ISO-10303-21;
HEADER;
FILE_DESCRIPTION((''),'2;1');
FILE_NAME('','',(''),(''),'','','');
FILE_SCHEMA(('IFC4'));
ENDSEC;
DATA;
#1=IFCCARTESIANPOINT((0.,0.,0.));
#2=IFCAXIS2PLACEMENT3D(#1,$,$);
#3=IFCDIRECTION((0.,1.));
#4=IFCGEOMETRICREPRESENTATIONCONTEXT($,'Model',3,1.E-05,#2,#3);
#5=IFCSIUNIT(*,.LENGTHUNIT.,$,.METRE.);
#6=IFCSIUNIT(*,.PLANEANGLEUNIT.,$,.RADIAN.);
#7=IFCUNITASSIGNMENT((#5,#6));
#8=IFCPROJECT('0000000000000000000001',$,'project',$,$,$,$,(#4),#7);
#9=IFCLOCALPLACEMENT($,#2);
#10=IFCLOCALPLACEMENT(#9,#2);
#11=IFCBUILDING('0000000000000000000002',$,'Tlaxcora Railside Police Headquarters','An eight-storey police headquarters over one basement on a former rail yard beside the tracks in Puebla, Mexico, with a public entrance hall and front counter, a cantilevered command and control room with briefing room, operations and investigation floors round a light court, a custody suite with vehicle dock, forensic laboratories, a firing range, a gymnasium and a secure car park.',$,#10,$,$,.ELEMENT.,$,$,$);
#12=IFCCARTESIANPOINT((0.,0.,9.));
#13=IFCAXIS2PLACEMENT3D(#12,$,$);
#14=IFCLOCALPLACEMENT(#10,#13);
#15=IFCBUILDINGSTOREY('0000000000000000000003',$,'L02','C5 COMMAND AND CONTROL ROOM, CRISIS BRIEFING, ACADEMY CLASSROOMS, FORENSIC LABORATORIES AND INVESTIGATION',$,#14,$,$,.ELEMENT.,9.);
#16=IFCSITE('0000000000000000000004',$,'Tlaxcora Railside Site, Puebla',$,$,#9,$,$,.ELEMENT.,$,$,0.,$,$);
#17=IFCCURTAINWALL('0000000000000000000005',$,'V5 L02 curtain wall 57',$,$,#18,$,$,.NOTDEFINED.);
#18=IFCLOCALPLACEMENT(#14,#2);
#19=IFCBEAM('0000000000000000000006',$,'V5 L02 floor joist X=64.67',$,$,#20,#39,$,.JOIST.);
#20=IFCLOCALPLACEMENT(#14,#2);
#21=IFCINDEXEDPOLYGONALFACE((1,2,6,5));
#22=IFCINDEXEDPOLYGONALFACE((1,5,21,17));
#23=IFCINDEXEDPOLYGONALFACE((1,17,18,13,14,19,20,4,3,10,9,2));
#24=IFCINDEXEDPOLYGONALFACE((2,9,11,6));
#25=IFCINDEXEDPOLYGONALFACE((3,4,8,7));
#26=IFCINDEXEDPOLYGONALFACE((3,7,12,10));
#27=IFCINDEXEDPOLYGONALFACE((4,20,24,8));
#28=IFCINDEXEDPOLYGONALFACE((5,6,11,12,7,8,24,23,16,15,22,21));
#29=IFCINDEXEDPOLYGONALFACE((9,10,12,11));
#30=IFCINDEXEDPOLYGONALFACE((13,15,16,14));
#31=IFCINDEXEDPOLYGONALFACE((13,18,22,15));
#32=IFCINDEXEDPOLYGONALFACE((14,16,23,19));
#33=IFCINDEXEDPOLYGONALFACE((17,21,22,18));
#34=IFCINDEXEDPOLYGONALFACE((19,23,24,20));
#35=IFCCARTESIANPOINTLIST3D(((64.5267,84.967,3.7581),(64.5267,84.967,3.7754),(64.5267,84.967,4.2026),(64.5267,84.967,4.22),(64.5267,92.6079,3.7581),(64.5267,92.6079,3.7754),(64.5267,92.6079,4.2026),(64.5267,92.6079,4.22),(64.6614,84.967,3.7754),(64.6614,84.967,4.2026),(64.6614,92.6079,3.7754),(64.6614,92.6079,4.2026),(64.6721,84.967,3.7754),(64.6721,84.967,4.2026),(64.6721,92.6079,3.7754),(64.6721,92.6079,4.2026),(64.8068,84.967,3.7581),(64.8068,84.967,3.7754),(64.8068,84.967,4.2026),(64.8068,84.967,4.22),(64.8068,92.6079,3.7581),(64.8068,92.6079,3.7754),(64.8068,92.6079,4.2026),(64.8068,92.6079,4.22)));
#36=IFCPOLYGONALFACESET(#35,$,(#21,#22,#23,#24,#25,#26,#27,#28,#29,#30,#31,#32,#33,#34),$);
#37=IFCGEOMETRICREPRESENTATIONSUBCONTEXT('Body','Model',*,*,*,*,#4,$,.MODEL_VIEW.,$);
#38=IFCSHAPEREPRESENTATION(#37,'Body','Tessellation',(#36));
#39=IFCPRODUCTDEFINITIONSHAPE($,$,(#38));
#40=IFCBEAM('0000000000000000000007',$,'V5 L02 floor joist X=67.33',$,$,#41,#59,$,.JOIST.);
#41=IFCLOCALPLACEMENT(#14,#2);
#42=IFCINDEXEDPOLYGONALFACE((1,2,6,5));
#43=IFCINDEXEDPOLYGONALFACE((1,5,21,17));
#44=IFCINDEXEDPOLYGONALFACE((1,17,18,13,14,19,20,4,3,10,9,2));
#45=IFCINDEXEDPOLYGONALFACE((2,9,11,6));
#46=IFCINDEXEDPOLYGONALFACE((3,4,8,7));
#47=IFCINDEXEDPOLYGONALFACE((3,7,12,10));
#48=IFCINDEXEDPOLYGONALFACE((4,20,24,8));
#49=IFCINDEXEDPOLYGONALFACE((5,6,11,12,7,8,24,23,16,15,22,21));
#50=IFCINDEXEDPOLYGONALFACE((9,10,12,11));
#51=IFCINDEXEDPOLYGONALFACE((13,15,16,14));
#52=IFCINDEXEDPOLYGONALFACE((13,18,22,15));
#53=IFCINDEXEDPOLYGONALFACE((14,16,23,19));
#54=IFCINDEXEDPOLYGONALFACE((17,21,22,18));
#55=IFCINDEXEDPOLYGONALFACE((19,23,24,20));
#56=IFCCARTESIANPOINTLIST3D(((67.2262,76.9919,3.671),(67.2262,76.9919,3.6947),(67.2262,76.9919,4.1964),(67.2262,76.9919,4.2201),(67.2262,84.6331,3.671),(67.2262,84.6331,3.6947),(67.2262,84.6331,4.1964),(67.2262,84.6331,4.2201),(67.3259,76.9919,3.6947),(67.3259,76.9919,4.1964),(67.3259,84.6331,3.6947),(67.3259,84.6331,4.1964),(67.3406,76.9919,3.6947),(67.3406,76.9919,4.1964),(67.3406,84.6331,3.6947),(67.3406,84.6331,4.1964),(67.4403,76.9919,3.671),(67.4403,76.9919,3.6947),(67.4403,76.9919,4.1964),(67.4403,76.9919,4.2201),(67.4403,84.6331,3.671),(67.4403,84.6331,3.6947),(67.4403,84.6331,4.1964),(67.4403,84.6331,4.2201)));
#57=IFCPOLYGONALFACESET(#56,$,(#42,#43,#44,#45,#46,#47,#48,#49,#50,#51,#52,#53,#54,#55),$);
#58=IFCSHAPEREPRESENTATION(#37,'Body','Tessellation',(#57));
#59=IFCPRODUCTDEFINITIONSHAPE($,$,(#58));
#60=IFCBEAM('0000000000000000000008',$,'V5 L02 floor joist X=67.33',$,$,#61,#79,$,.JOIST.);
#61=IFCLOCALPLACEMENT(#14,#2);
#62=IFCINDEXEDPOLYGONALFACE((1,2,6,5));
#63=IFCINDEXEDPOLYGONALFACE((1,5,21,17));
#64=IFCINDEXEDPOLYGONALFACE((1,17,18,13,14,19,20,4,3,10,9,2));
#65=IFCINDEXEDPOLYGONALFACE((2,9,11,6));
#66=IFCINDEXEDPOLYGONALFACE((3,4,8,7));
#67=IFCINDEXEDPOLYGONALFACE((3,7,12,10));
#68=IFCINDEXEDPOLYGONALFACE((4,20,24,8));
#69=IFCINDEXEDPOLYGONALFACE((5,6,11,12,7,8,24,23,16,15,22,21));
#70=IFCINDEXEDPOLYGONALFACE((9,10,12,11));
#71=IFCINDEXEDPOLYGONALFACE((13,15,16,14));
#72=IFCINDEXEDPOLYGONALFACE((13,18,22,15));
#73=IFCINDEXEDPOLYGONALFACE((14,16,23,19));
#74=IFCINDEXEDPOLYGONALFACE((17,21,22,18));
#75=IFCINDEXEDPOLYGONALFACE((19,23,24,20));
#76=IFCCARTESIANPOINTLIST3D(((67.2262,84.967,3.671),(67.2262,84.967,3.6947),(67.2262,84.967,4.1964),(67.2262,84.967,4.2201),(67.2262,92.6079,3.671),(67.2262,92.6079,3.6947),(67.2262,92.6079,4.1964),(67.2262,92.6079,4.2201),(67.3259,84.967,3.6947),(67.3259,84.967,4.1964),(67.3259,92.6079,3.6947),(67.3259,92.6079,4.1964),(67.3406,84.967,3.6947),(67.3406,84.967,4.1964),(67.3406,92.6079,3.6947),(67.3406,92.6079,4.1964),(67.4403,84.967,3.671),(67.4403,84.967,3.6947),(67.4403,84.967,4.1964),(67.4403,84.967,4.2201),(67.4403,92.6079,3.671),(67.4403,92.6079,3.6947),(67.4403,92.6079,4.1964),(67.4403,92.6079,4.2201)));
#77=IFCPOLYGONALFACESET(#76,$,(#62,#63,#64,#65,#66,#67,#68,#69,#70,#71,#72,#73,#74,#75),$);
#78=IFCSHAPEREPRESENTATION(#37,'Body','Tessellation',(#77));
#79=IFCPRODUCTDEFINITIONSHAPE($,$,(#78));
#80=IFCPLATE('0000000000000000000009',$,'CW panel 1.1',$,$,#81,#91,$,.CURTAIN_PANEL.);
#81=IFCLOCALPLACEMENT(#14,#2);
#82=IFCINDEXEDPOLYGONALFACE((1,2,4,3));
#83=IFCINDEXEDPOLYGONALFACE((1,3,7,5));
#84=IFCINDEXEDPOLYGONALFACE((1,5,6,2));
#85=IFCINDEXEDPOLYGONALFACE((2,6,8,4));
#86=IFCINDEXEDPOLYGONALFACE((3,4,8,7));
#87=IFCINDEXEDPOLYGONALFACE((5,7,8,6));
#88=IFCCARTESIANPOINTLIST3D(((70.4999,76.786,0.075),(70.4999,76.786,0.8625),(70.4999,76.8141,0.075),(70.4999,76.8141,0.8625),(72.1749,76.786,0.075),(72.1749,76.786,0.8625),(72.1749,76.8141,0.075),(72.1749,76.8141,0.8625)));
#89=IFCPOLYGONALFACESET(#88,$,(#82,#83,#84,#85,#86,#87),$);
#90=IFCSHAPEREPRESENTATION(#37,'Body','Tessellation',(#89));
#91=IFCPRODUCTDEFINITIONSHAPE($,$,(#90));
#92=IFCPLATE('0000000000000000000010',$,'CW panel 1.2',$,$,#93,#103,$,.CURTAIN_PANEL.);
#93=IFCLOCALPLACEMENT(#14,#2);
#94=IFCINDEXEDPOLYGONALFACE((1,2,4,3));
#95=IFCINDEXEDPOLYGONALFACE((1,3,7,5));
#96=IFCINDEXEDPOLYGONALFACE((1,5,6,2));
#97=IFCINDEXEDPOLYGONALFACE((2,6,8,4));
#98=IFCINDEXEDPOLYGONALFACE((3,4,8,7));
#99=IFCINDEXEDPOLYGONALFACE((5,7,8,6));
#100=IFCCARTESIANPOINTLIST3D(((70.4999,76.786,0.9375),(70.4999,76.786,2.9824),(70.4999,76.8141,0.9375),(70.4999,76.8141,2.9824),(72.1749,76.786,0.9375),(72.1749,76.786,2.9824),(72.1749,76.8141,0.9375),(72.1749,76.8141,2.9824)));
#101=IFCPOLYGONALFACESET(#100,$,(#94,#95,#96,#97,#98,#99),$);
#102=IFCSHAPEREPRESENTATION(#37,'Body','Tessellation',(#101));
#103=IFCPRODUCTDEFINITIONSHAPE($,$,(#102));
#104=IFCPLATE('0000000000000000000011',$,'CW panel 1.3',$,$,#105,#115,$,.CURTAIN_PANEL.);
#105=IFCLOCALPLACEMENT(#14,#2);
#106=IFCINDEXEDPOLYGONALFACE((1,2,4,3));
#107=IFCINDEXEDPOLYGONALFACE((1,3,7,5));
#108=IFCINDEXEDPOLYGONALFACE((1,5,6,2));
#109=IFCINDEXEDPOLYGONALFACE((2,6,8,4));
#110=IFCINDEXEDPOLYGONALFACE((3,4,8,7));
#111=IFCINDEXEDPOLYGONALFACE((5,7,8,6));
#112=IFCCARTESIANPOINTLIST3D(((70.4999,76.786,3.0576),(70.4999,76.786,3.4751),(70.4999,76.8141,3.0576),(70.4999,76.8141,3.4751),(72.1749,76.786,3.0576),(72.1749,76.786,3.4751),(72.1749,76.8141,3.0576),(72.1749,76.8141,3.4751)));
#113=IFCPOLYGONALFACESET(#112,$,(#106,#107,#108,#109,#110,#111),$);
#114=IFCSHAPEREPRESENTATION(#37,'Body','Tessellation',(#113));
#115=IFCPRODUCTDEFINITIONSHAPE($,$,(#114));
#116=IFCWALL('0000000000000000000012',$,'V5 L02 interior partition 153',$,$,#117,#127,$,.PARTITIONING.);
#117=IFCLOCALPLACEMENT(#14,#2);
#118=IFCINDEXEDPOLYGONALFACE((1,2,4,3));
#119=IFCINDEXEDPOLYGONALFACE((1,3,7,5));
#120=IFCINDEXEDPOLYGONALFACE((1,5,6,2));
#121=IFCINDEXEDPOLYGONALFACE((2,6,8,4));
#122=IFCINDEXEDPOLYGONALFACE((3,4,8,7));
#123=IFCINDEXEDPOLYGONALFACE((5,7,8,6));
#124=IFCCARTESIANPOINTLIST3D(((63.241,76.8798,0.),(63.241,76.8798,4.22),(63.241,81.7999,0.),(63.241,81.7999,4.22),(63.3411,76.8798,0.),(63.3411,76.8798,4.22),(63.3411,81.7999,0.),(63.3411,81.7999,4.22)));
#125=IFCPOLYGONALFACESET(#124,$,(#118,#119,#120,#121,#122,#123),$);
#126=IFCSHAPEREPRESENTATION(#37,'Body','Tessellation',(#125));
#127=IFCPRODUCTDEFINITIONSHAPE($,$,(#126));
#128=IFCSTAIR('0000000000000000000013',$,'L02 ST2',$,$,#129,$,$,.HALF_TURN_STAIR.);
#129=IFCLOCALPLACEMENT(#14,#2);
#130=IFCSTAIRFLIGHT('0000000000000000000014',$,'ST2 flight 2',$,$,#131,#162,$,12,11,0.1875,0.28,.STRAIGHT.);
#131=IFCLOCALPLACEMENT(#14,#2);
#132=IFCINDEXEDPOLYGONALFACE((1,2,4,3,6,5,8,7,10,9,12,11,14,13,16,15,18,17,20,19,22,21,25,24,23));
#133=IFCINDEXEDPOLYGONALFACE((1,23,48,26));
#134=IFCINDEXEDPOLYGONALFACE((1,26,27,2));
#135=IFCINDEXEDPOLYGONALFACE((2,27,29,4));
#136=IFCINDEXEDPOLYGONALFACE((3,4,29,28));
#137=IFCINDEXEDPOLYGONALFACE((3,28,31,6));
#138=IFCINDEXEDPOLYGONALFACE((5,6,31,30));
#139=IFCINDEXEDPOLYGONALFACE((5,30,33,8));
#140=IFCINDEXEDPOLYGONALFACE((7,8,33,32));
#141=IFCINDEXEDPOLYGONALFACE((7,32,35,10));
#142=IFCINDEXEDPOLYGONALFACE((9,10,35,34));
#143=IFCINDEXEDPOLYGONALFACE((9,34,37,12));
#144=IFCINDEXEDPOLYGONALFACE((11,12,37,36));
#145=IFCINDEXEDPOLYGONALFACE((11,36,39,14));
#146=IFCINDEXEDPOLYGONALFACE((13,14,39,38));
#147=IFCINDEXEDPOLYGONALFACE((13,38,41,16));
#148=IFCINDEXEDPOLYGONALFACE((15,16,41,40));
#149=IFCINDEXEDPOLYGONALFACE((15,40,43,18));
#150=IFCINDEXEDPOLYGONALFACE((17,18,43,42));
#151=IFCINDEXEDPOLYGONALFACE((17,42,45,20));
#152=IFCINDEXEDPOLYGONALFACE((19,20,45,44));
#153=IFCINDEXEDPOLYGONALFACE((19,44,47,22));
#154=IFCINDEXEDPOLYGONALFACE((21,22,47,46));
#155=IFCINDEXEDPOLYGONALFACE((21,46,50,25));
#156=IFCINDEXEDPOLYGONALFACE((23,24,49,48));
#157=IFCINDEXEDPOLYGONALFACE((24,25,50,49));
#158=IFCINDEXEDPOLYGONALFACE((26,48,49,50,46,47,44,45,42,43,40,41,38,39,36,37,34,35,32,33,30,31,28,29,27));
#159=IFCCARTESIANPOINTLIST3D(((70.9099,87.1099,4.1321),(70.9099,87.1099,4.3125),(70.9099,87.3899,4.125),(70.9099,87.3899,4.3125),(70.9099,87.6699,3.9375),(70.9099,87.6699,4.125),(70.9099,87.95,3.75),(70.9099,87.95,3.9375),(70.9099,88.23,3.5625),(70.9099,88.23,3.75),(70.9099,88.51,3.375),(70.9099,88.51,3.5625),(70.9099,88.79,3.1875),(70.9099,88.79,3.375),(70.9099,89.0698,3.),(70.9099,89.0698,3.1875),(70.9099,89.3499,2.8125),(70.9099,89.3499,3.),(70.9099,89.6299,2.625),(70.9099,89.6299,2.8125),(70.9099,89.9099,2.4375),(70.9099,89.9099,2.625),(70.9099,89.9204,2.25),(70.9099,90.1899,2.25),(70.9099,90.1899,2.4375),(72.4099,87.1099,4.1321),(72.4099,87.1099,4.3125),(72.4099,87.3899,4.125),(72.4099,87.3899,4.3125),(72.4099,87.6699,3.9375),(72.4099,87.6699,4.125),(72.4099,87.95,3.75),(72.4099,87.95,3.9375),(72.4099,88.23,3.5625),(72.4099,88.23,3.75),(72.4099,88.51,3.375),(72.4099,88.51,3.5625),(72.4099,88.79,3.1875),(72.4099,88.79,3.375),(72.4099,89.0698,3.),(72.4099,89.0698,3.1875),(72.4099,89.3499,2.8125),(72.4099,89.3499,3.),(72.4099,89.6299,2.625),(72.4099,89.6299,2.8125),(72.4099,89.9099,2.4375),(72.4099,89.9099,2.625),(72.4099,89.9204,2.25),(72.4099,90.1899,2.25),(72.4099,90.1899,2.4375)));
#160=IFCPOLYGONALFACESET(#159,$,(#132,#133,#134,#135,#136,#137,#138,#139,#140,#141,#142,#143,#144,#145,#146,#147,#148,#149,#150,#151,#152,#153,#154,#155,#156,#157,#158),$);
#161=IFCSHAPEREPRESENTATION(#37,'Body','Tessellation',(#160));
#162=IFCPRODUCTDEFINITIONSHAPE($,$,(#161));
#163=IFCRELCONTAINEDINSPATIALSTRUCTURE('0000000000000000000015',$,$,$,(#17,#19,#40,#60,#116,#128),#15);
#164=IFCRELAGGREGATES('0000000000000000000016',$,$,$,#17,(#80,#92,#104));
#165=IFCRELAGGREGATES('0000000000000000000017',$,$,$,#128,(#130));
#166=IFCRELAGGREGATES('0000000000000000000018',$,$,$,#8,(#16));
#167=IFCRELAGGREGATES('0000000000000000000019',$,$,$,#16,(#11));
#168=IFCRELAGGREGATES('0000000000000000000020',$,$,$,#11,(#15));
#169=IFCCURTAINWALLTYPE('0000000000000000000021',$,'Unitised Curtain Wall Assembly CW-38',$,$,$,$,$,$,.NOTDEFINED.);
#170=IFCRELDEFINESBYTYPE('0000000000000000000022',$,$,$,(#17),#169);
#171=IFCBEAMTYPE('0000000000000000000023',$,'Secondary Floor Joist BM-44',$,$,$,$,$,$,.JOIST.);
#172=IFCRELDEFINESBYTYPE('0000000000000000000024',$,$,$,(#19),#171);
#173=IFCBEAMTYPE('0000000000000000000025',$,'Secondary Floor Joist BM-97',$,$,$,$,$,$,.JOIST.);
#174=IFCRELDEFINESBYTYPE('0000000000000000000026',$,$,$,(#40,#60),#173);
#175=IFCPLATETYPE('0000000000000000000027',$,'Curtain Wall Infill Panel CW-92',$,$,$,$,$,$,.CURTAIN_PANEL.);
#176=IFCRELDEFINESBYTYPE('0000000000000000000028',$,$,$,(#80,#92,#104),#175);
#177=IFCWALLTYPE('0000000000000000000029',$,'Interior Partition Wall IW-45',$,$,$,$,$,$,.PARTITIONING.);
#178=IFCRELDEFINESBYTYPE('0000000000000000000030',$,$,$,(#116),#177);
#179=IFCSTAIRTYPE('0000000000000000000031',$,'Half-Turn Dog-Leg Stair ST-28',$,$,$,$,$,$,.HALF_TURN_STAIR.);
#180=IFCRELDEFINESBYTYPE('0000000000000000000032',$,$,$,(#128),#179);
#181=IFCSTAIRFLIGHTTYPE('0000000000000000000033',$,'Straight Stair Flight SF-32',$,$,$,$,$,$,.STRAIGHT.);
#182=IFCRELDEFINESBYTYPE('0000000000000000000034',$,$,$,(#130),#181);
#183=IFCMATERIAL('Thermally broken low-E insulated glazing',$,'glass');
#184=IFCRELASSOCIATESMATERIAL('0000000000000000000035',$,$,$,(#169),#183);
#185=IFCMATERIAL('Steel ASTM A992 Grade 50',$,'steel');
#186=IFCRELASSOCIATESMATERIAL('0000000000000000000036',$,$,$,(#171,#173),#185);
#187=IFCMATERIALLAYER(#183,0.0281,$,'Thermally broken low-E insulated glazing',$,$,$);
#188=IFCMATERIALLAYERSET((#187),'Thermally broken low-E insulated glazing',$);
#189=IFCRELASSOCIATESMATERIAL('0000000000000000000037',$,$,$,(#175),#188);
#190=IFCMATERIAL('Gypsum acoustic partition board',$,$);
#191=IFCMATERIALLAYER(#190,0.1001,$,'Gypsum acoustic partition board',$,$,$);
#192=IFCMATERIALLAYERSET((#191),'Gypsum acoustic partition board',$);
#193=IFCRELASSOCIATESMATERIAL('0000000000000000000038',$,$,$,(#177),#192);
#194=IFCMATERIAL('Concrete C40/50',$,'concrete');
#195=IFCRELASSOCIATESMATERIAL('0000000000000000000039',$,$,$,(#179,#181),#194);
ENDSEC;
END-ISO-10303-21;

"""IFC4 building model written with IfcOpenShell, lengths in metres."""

from ifc_helpers import new_model, si_unit, direction, frame, frame_2d, origin, origin_2d, place, context, subcontext, project, spatial, polyline, rectangle, i_section, outline, extrude, material, layer, layer_set, material_profile, profile_set, type_object, element, aggregate, save


model = new_model("IFC4")

# Units and contexts
model_context = context("Model", 3, precision=1e-05, world=origin(), true_north=direction((0.0, 1.0)))
body_context = subcontext(model_context, "Body", "Model", "MODEL_VIEW")
ifc_project = project(units=[si_unit("LENGTHUNIT", "METRE"), si_unit("PLANEANGLEUNIT", "RADIAN")], contexts=[model_context])

# Site, building, storey
site_placement = place(None, origin())
site = spatial("IfcSite", under=ifc_project, at=site_placement, Name="Tlaxcora Railside Site, Puebla", CompositionType="ELEMENT", RefElevation=0.0)
building_placement = place(site_placement, origin())
building = spatial("IfcBuilding", under=site, at=building_placement, Name="Tlaxcora Railside Police Headquarters", Description="An eight-storey police headquarters over one basement on a former rail yard beside the tracks in Puebla, Mexico, with a public entrance hall and front counter, a cantilevered command and control room with briefing room, operations and investigation floors round a light court, a custody suite with vehicle dock, forensic laboratories, a firing range, a gymnasium and a secure car park.", CompositionType="ELEMENT")
storey_placement = place(building_placement, frame((0.0, 0.0, 9.0)))
storey = spatial("IfcBuildingStorey", under=building, at=storey_placement, Name="L02", Description="C5 COMMAND AND CONTROL ROOM, CRISIS BRIEFING, ACADEMY CLASSROOMS, FORENSIC LABORATORIES AND INVESTIGATION", CompositionType="ELEMENT", Elevation=9.0)

# Shared definitions
ifc_material_1 = material(Name="Concrete C40/50", Category="concrete")

# Curtain wall
ifc_material_2 = material(Name="Thermally broken low-E insulated glazing", Category="glass")
curtain_wall_type = type_object("IfcCurtainWallType", Name="Unitised Curtain Wall Assembly CW-38", PredefinedType="NOTDEFINED", material=ifc_material_2)
curtain_wall_placement = place(storey_placement, origin())
curtain_wall = element("IfcCurtainWall", 1, at=curtain_wall_placement, inside=storey, type_object=curtain_wall_type, Name="V5 L02 curtain wall 57", PredefinedType="NOTDEFINED")

# Beams
ifc_material_3 = material(Name="Steel ASTM A992 Grade 50", Category="steel")
ifc_material_profile_1 = material_profile(ifc_material_3, i_section(OverallWidth=0.28, OverallDepth=0.4619, WebThickness=0.0107, FlangeThickness=0.0173, at=origin_2d()), Name="W18X76")
ifc_profile_set_1 = profile_set([ifc_material_profile_1], Name="Steel ASTM A992 Grade 50")
beam_type_1 = type_object("IfcBeamType", Name="Secondary Floor Joist BM-44", PredefinedType="JOIST", material=ifc_profile_set_1)
beam_1_placement = place(storey_placement, frame((64.6667, 84.967, 3.989), z_axis=(0.0, 1.0, 0.0), x_axis=(-1.0, 0.0, 0.0)))
element("IfcBeam", 2, at=beam_1_placement, inside=storey, type_object=beam_type_1, Name="V5 L02 floor joist X=64.67", PredefinedType="JOIST", context=body_context, shape_type="SweptSolid", body=[
    extrude(i_section(OverallWidth=0.28, OverallDepth=0.4619, WebThickness=0.0107, FlangeThickness=0.0173, at=origin_2d()), origin(), (0.0, 0.0, 1.0), 7.6409),
])
ifc_material_profile_2 = material_profile(ifc_material_3, i_section(OverallWidth=0.2141, OverallDepth=0.5491, WebThickness=0.0146, FlangeThickness=0.0237, at=origin_2d()), Name="W21X93")
ifc_profile_set_2 = profile_set([ifc_material_profile_2], Name="Steel ASTM A992 Grade 50")
beam_type_2 = type_object("IfcBeamType", Name="Secondary Floor Joist BM-97", PredefinedType="JOIST", material=ifc_profile_set_2)
beam_2_placement = place(storey_placement, frame((67.3333, 76.9919, 3.9456), z_axis=(0.0, 1.0, 0.0), x_axis=(-1.0, 0.0, 0.0)))
element("IfcBeam", 3, at=beam_2_placement, inside=storey, type_object=beam_type_2, Name="V5 L02 floor joist X=67.33", PredefinedType="JOIST", context=body_context, shape_type="SweptSolid", body=[
    extrude(i_section(OverallWidth=0.2141, OverallDepth=0.5491, WebThickness=0.0146, FlangeThickness=0.0237, at=origin_2d()), origin(), (0.0, 0.0, 1.0), 7.6411),
])
beam_3_placement = place(storey_placement, frame((67.3333, 84.967, 3.9456), z_axis=(0.0, 1.0, 0.0), x_axis=(-1.0, 0.0, 0.0)))
element("IfcBeam", 4, at=beam_3_placement, inside=storey, type_object=beam_type_2, Name="V5 L02 floor joist X=67.33", PredefinedType="JOIST", context=body_context, shape_type="SweptSolid", body=[
    extrude(i_section(OverallWidth=0.2141, OverallDepth=0.5491, WebThickness=0.0146, FlangeThickness=0.0237, at=origin_2d()), origin(), (0.0, 0.0, 1.0), 7.6409),
])

# Plates
ifc_layer_1 = layer(ifc_material_2, 0.0281, Name="Thermally broken low-E insulated glazing")
ifc_layer_set_1 = layer_set([ifc_layer_1], Name="Thermally broken low-E insulated glazing")
plate_type = type_object("IfcPlateType", Name="Curtain Wall Infill Panel CW-92", PredefinedType="CURTAIN_PANEL", material=ifc_layer_set_1)
plate_1_placement = place(storey_placement, frame((71.3374, 76.8, 0.075), z_axis=(0.0, 0.0, 1.0), x_axis=(1.0, 0.0, 0.0)))
plate_1 = element("IfcPlate", 5, at=plate_1_placement, type_object=plate_type, Name="CW panel 1.1", PredefinedType="CURTAIN_PANEL", context=body_context, shape_type="SweptSolid", body=[
    extrude(rectangle(XDim=1.675, YDim=0.0281, at=origin_2d()), origin(), (0.0, 0.0, 1.0), 0.7876),
])
plate_2_placement = place(storey_placement, frame((71.3374, 76.8, 0.9375), z_axis=(0.0, 0.0, 1.0), x_axis=(1.0, 0.0, 0.0)))
plate_2 = element("IfcPlate", 6, at=plate_2_placement, type_object=plate_type, Name="CW panel 1.2", PredefinedType="CURTAIN_PANEL", context=body_context, shape_type="SweptSolid", body=[
    extrude(rectangle(XDim=1.675, YDim=0.0281, at=origin_2d()), origin(), (0.0, 0.0, 1.0), 2.0449),
])
plate_3_placement = place(storey_placement, frame((71.3374, 76.8, 3.0576), z_axis=(0.0, 0.0, 1.0), x_axis=(1.0, 0.0, 0.0)))
plate_3 = element("IfcPlate", 7, at=plate_3_placement, type_object=plate_type, Name="CW panel 1.3", PredefinedType="CURTAIN_PANEL", context=body_context, shape_type="SweptSolid", body=[
    extrude(rectangle(XDim=1.675, YDim=0.0281, at=origin_2d()), origin(), (0.0, 0.0, 1.0), 0.4175),
])
aggregate(curtain_wall, [plate_1, plate_2, plate_3])

# Wall
ifc_material_4 = material(Name="Gypsum acoustic partition board")
ifc_layer_2 = layer(ifc_material_4, 0.1001, Name="Gypsum acoustic partition board")
ifc_layer_set_2 = layer_set([ifc_layer_2], Name="Gypsum acoustic partition board")
wall_type_1 = type_object("IfcWallType", Name="Interior Partition Wall IW-45", PredefinedType="PARTITIONING", material=ifc_layer_set_2)
wall_1_placement = place(storey_placement, frame((63.291, 76.8799, 0.0), z_axis=(0.0, 0.0, 1.0), x_axis=(0.0, 1.0, 0.0)))
element("IfcWall", 8, at=wall_1_placement, inside=storey, type_object=wall_type_1, Name="V5 L02 interior partition 153", PredefinedType="PARTITIONING", context=body_context, shape_type="SweptSolid", body=[
    extrude(rectangle(XDim=4.9202, YDim=0.1001, at=frame_2d((2.46, 0.0))), origin(), (0.0, 0.0, 1.0), 4.22),
])

# Stair, stair flight
stair_type = type_object("IfcStairType", Name="Half-Turn Dog-Leg Stair ST-28", PredefinedType="HALF_TURN_STAIR", material=ifc_material_1)
stair_placement = place(storey_placement, origin())
stair = element("IfcStair", 9, at=stair_placement, inside=storey, type_object=stair_type, Name="L02 ST2", PredefinedType="HALF_TURN_STAIR")
stair_flight_type = type_object("IfcStairFlightType", Name="Straight Stair Flight SF-32", PredefinedType="STRAIGHT", material=ifc_material_1)
stair_flight_placement = place(storey_placement, frame((71.6599, 90.1899, 2.25), z_axis=(0.0, 0.0, 1.0), x_axis=(0.0, -1.0, 0.0)))
stair_flight = element("IfcStairFlight", 10, at=stair_flight_placement, type_object=stair_flight_type, Name="ST2 flight 2", NumberOfRisers=12, NumberOfTreads=11, PredefinedType="STRAIGHT", RiserHeight=0.1875, TreadLength=0.28, context=body_context, shape_type="SweptSolid", body=[
    extrude(outline(polyline([(0.0, 0.0), (0.0, 0.1875), (0.28, 0.1875), (0.28, 0.375), (0.5601, 0.375), (0.5601, 0.5625), (0.8401, 0.5625), (0.8401, 0.75), (1.1201, 0.75), (1.1201, 0.9375), (1.3999, 0.9375), (1.3999, 1.125), (1.6799, 1.125), (1.6799, 1.3125), (1.96, 1.3125), (1.96, 1.5), (2.24, 1.5), (2.24, 1.6875), (2.52, 1.6875), (2.52, 1.875), (2.8, 1.875), (2.8, 2.0625), (3.0801, 2.0625), (3.0801, 2.25), (3.0801, 1.8821), (0.2695, 0.0), (0.0, 0.0)])), frame((0.0, 0.75, 0.0), z_axis=(0.0, -1.0, 0.0), x_axis=(1.0, 0.0, 0.0)), (0.0, 0.0, 1.0), 1.5),
])
aggregate(stair, [stair_flight])

save(model, "model.ifc")
